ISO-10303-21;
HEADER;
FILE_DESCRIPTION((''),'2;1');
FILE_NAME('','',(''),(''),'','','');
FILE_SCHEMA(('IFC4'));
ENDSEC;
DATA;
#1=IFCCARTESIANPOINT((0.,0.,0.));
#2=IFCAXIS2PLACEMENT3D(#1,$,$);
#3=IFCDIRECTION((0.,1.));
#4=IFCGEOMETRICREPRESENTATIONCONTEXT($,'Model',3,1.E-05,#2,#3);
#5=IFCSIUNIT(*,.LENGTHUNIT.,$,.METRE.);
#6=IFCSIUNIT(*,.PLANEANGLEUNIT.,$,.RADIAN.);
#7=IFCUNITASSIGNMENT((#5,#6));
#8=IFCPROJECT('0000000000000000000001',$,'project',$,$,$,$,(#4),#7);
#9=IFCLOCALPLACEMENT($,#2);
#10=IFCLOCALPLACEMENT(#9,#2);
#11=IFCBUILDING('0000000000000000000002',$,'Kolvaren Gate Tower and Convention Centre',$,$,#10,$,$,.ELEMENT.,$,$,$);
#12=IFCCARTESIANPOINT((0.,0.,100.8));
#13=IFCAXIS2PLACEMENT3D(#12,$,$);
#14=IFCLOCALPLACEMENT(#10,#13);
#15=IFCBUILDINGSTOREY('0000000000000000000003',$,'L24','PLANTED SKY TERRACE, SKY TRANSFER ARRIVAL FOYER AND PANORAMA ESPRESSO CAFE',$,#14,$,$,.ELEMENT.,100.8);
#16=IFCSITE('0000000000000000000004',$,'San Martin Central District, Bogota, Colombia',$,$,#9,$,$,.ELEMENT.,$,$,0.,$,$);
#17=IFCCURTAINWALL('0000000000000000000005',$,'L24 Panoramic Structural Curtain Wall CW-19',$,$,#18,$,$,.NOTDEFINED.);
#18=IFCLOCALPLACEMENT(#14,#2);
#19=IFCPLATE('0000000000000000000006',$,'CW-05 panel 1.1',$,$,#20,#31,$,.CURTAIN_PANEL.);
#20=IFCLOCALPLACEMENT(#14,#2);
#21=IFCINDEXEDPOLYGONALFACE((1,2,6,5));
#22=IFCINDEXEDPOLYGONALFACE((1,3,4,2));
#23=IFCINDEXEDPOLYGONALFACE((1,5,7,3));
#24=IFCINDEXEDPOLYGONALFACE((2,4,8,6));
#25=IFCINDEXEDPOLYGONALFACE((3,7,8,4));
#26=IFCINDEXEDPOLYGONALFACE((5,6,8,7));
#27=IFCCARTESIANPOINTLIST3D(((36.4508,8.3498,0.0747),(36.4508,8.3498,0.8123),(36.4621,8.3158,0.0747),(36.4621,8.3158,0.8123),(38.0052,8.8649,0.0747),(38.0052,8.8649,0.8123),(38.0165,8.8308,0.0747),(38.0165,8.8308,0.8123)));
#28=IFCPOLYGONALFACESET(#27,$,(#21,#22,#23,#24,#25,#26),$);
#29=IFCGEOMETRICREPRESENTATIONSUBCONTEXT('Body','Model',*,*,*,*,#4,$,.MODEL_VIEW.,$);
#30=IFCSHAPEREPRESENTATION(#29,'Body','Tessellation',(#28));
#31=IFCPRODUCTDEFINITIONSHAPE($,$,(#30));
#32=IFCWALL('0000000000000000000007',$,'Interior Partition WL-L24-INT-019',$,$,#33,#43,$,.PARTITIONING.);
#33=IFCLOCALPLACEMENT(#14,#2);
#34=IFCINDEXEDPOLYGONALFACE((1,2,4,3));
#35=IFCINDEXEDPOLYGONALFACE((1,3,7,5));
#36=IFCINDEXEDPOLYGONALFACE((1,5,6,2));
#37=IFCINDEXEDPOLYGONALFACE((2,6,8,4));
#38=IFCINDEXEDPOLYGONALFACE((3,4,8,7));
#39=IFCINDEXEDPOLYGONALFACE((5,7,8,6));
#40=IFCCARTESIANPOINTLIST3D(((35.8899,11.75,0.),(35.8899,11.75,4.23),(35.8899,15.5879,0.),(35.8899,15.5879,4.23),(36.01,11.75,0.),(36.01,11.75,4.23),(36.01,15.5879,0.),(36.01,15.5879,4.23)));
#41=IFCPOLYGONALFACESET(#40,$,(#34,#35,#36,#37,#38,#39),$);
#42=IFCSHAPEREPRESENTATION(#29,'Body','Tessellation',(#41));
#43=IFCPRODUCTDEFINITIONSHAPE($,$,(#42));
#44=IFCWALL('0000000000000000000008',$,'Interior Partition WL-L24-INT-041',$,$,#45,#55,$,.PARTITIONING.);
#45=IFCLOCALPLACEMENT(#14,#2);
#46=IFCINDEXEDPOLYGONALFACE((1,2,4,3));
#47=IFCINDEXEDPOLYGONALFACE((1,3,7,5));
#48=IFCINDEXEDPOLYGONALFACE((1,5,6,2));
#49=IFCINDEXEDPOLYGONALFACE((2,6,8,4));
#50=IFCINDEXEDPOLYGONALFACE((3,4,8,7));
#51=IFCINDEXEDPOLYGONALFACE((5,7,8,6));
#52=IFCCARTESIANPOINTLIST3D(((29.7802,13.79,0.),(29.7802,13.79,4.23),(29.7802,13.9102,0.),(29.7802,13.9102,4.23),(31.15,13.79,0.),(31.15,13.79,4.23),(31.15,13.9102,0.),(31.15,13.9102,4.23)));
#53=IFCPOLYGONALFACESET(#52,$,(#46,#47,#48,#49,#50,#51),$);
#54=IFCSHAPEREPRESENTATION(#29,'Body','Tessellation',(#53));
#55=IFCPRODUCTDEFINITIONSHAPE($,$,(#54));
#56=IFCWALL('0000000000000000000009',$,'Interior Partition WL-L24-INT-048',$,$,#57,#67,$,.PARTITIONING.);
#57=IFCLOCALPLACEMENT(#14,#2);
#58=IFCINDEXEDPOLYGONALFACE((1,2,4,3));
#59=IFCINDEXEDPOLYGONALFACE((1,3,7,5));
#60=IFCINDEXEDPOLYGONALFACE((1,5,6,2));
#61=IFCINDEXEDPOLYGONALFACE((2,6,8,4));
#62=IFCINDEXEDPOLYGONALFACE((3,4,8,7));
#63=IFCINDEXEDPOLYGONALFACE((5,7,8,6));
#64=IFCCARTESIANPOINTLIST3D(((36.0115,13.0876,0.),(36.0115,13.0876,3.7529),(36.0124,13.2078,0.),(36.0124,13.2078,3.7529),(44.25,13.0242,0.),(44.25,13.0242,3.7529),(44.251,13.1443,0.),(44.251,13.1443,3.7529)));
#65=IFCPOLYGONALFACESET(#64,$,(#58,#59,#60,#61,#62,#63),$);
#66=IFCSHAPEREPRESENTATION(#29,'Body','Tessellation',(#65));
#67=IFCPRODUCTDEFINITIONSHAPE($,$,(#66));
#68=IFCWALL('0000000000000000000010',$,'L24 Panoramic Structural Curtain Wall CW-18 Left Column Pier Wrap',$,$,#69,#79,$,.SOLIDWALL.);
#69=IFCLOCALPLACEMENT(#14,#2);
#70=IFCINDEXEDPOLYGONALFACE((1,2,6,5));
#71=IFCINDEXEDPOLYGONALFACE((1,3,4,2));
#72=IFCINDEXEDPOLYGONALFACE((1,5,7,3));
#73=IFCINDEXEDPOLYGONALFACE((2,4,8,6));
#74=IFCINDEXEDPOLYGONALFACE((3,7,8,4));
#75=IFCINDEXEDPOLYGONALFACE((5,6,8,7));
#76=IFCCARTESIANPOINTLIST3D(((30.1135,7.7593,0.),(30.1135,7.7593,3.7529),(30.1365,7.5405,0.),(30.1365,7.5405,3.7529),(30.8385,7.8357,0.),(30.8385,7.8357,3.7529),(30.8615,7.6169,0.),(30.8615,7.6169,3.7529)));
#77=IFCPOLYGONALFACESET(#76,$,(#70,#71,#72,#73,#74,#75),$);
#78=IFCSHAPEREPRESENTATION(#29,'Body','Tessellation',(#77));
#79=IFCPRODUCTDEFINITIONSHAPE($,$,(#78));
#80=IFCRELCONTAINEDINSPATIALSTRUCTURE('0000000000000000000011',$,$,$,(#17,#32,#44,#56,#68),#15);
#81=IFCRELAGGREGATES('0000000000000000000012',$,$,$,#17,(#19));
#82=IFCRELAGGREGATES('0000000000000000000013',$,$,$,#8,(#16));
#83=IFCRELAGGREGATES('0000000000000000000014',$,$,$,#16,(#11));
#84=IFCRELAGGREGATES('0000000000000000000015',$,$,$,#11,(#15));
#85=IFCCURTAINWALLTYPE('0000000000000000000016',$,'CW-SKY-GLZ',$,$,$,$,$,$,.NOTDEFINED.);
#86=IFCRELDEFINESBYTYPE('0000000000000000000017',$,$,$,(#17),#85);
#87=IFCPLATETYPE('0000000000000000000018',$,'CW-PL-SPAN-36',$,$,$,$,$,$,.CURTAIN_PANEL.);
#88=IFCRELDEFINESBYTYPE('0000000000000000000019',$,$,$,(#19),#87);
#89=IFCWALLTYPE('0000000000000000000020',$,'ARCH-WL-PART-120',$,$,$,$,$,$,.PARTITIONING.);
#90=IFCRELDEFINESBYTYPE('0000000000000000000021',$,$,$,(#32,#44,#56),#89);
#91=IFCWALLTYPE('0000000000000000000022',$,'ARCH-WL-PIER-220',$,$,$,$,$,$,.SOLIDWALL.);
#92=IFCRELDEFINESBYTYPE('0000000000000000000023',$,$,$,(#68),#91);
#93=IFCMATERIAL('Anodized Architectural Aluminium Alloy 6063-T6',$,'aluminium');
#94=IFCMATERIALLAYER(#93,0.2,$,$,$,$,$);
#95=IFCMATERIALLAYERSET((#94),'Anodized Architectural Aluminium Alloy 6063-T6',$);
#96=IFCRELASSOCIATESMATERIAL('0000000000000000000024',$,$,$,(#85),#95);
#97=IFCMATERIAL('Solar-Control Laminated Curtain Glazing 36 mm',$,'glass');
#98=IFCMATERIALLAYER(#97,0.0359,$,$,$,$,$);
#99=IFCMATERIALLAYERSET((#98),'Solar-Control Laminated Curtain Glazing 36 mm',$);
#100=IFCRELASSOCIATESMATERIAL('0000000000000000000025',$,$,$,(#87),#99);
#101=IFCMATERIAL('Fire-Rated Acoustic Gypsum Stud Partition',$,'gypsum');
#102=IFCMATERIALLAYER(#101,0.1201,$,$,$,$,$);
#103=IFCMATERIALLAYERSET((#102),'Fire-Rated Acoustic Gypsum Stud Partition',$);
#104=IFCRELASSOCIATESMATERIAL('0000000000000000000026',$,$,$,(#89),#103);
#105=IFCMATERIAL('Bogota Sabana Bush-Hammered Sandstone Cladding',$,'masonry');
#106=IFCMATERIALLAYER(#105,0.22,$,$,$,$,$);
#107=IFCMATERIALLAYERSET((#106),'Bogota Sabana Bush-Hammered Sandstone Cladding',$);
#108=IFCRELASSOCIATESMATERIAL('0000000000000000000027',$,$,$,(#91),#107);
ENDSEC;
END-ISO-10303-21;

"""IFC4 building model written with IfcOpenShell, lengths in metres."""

from ifc_helpers import new_model, si_unit, direction, frame, frame_2d, origin, origin_2d, place, context, subcontext, project, spatial, rectangle, extrude, material, layer, layer_set, type_object, element, aggregate, save


model = new_model("IFC4")

# Units and contexts
model_context = context("Model", 3, precision=1e-05, world=origin(), true_north=direction((0.0, 1.0)))
body_context = subcontext(model_context, "Body", "Model", "MODEL_VIEW")
ifc_project = project(units=[si_unit("LENGTHUNIT", "METRE"), si_unit("PLANEANGLEUNIT", "RADIAN")], contexts=[model_context])

# Site, building, storey
site_placement = place(None, origin())
site = spatial("IfcSite", under=ifc_project, at=site_placement, Name="San Martin Central District, Bogota, Colombia", CompositionType="ELEMENT", RefElevation=0.0)
building_placement = place(site_placement, origin())
building = spatial("IfcBuilding", under=site, at=building_placement, Name="Kolvaren Gate Tower and Convention Centre", CompositionType="ELEMENT")
storey_placement = place(building_placement, frame((0.0, 0.0, 100.8)))
storey = spatial("IfcBuildingStorey", under=building, at=storey_placement, Name="L24", Description="PLANTED SKY TERRACE, SKY TRANSFER ARRIVAL FOYER AND PANORAMA ESPRESSO CAFE", CompositionType="ELEMENT", Elevation=100.8)

# Shared definitions
ifc_material_1 = material(Name="Anodized Architectural Aluminium Alloy 6063-T6", Category="aluminium")
ifc_layer_1 = layer(ifc_material_1, 0.2)
ifc_layer_set_1 = layer_set([ifc_layer_1], Name="Anodized Architectural Aluminium Alloy 6063-T6")
curtain_wall_type = type_object("IfcCurtainWallType", Name="CW-SKY-GLZ", PredefinedType="NOTDEFINED", material=ifc_layer_set_1)

# Curtain wall
curtain_wall_1_placement = place(storey_placement, origin())
curtain_wall_1 = element("IfcCurtainWall", 1, at=curtain_wall_1_placement, inside=storey, type_object=curtain_wall_type, Name="L24 Panoramic Structural Curtain Wall CW-19", PredefinedType="NOTDEFINED")

# Plate
ifc_material_2 = material(Name="Solar-Control Laminated Curtain Glazing 36 mm", Category="glass")
ifc_layer_2 = layer(ifc_material_2, 0.0359)
ifc_layer_set_2 = layer_set([ifc_layer_2], Name="Solar-Control Laminated Curtain Glazing 36 mm")
plate_type_1 = type_object("IfcPlateType", Name="CW-PL-SPAN-36", PredefinedType="CURTAIN_PANEL", material=ifc_layer_set_2)
plate_1_placement = place(storey_placement, frame((37.2336, 8.5903, 0.0747), z_axis=(0.0, 0.0, 1.0), x_axis=(0.94924, 0.314553, 0.0)))
plate_1 = element("IfcPlate", 2, at=plate_1_placement, type_object=plate_type_1, Name="CW-05 panel 1.1", PredefinedType="CURTAIN_PANEL", context=body_context, shape_type="SweptSolid", body=[
    extrude(rectangle(XDim=1.6375, YDim=0.0359, at=origin_2d()), origin(), (0.0, 0.0, 1.0), 0.7375),
])
aggregate(curtain_wall_1, [plate_1])

# Walls
ifc_material_3 = material(Name="Fire-Rated Acoustic Gypsum Stud Partition", Category="gypsum")
ifc_layer_3 = layer(ifc_material_3, 0.1201)
ifc_layer_set_3 = layer_set([ifc_layer_3], Name="Fire-Rated Acoustic Gypsum Stud Partition")
wall_type_1 = type_object("IfcWallType", Name="ARCH-WL-PART-120", PredefinedType="PARTITIONING", material=ifc_layer_set_3)
wall_1_placement = place(storey_placement, frame((35.95, 11.75, 0.0), z_axis=(0.0, 0.0, 1.0), x_axis=(0.0, 1.0, 0.0)))
element("IfcWall", 3, at=wall_1_placement, inside=storey, type_object=wall_type_1, Name="Interior Partition WL-L24-INT-019", PredefinedType="PARTITIONING", context=body_context, shape_type="SweptSolid", body=[
    extrude(rectangle(XDim=3.8379, YDim=0.1201, at=frame_2d((1.9189, 0.0))), origin(), (0.0, 0.0, 1.0), 4.23),
])
wall_2_placement = place(storey_placement, frame((29.78, 13.8501, 0.0), z_axis=(0.0, 0.0, 1.0), x_axis=(1.0, 0.0, 0.0)))
element("IfcWall", 4, at=wall_2_placement, inside=storey, type_object=wall_type_1, Name="Interior Partition WL-L24-INT-041", PredefinedType="PARTITIONING", context=body_context, shape_type="SweptSolid", body=[
    extrude(rectangle(XDim=1.3699, YDim=0.1201, at=frame_2d((0.6851, 0.0))), origin(), (0.0, 0.0, 1.0), 4.23),
])
wall_3_placement = place(storey_placement, frame((36.012, 13.1477, 0.0), z_axis=(0.0, 0.0, 1.0), x_axis=(0.99997, -0.007705, 0.0)))
element("IfcWall", 5, at=wall_3_placement, inside=storey, type_object=wall_type_1, Name="Interior Partition WL-L24-INT-048", PredefinedType="PARTITIONING", context=body_context, shape_type="SweptSolid", body=[
    extrude(rectangle(XDim=8.2388, YDim=0.1201, at=frame_2d((4.1194, 0.0))), origin(), (0.0, 0.0, 1.0), 3.7529),
])
ifc_material_4 = material(Name="Bogota Sabana Bush-Hammered Sandstone Cladding", Category="masonry")
ifc_layer_4 = layer(ifc_material_4, 0.22)
ifc_layer_set_4 = layer_set([ifc_layer_4], Name="Bogota Sabana Bush-Hammered Sandstone Cladding")
wall_type_2 = type_object("IfcWallType", Name="ARCH-WL-PIER-220", PredefinedType="SOLIDWALL", material=ifc_layer_set_4)
wall_4_placement = place(storey_placement, frame((30.125, 7.6499, 0.0), z_axis=(0.0, 0.0, 1.0), x_axis=(0.994493, 0.104807, 0.0)))
element("IfcWall", 6, at=wall_4_placement, inside=storey, type_object=wall_type_2, Name="L24 Panoramic Structural Curtain Wall CW-18 Left Column Pier Wrap", PredefinedType="SOLIDWALL", context=body_context, shape_type="SweptSolid", body=[
    extrude(rectangle(XDim=0.729, YDim=0.22, at=frame_2d((0.3645, 0.0))), origin(), (0.0, 0.0, 1.0), 3.7529),
])

save(model, "model.ifc")
